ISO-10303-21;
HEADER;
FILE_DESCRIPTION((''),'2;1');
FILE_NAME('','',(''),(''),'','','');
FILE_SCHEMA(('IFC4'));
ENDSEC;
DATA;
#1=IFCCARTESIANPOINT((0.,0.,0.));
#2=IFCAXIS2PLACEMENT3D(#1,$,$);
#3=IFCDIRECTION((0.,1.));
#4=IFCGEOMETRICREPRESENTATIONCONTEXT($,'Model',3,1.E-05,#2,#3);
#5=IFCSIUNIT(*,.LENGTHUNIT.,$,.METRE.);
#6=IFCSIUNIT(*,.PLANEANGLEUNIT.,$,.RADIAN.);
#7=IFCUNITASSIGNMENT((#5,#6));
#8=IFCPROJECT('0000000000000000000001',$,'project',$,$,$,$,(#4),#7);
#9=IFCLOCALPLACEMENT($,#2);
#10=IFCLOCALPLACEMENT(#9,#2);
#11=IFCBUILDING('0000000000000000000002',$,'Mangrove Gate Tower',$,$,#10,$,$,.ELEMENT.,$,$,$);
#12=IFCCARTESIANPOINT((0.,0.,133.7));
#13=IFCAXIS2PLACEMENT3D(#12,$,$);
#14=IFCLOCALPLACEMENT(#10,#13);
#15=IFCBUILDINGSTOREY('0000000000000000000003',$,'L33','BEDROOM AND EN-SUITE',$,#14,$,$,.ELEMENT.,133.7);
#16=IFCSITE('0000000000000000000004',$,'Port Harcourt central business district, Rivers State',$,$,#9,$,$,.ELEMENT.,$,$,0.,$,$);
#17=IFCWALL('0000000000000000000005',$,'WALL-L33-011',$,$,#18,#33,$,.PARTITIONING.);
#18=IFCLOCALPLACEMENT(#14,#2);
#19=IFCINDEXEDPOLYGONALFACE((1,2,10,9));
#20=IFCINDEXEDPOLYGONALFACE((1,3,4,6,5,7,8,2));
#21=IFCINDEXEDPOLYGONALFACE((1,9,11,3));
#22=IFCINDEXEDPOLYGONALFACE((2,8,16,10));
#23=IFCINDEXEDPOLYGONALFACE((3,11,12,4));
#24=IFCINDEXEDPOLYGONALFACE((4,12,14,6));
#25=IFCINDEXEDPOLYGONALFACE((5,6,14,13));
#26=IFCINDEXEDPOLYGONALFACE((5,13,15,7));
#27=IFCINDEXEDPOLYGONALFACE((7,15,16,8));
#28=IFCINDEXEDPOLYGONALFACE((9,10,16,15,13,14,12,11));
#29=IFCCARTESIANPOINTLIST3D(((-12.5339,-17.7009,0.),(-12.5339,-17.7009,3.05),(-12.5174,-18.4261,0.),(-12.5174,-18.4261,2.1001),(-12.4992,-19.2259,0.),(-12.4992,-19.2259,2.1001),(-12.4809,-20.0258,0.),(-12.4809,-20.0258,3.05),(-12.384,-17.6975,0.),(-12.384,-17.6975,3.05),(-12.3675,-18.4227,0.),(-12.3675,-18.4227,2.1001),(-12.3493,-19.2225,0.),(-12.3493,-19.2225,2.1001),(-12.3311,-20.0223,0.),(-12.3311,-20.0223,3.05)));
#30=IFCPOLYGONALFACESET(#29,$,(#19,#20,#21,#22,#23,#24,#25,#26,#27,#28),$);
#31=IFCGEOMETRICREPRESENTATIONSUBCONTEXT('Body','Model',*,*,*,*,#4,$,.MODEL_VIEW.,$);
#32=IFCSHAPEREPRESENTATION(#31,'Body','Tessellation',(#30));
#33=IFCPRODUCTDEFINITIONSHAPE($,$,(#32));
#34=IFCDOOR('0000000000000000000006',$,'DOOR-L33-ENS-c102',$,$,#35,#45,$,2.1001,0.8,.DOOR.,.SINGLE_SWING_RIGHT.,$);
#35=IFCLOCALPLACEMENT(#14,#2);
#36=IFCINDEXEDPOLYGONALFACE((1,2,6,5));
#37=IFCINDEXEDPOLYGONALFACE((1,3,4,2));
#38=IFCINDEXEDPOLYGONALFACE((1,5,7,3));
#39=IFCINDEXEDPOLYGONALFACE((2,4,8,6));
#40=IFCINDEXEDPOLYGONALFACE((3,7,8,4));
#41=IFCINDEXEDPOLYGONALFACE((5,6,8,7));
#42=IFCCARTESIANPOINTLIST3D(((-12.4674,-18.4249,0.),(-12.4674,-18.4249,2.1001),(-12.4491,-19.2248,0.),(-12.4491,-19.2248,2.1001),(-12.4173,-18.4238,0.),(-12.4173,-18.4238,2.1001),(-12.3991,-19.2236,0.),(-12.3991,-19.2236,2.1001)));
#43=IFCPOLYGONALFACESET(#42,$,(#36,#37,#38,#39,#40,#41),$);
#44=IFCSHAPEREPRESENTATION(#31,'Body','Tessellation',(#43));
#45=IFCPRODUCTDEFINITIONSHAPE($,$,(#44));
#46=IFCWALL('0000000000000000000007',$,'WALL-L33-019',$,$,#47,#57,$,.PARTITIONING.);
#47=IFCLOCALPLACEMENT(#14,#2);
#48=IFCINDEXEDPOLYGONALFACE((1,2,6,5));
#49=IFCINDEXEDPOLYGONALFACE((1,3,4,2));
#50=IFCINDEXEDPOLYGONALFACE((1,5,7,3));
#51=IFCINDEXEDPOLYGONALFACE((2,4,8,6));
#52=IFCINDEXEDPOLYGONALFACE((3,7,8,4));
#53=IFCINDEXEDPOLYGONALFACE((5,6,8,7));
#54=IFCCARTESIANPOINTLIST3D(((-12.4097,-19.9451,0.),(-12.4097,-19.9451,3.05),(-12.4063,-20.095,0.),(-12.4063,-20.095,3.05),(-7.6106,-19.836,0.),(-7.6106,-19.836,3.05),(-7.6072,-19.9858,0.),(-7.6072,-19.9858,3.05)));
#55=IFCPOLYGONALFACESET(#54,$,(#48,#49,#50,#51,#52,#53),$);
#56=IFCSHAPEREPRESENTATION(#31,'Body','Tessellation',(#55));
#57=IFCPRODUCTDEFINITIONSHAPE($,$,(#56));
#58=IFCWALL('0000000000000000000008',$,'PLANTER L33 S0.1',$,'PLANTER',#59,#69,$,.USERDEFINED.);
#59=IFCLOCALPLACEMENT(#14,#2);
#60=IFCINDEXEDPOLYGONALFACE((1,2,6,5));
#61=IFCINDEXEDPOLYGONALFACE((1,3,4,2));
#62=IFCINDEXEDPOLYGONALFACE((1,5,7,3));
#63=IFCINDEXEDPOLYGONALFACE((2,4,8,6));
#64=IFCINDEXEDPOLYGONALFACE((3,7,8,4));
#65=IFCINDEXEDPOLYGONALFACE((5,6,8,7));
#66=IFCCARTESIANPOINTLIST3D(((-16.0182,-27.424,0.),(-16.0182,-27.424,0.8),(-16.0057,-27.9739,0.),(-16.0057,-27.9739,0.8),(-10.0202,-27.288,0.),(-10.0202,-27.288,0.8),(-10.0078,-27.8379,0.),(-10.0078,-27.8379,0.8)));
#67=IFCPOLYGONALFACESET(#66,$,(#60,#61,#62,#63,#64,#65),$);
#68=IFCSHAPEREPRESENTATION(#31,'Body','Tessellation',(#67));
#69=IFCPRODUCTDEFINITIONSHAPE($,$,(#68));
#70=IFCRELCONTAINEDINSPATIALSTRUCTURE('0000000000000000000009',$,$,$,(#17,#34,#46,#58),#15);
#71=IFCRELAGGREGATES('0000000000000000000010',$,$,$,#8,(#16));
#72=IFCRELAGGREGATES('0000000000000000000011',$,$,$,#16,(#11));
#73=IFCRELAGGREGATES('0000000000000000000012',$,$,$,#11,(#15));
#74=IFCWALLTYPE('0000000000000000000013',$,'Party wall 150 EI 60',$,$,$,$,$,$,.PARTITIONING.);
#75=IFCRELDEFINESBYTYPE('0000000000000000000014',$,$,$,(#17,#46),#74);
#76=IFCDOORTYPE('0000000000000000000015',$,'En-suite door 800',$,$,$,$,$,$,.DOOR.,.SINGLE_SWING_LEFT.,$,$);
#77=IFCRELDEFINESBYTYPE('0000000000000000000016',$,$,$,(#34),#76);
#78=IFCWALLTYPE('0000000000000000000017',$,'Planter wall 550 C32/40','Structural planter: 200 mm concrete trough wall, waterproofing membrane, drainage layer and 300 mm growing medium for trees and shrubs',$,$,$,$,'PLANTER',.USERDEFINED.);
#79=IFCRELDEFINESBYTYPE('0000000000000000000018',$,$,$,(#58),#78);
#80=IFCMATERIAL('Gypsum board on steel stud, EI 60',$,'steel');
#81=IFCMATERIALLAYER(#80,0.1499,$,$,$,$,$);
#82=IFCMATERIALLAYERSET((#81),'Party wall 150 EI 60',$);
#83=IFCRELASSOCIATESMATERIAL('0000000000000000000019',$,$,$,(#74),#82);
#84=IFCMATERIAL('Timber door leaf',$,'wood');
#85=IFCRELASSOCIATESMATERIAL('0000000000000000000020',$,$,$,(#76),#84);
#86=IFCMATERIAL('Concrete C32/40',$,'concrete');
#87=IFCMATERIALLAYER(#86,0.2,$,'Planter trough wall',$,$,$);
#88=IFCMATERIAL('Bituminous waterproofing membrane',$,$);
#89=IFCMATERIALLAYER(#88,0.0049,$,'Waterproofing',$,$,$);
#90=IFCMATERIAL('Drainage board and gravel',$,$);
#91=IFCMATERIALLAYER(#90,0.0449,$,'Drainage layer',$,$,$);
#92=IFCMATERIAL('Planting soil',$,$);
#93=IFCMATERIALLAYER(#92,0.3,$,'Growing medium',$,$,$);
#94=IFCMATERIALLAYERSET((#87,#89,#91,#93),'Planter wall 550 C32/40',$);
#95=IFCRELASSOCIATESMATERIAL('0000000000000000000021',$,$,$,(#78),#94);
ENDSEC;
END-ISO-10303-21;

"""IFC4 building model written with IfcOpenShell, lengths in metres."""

from ifc_helpers import new_model, si_unit, direction, frame, frame_2d, origin, place, context, subcontext, project, spatial, rectangle, extrude, material, layer, layer_set, type_object, element, fill, save


model = new_model("IFC4")

# Units and contexts
model_context = context("Model", 3, precision=1e-05, world=origin(), true_north=direction((0.0, 1.0)))
body_context = subcontext(model_context, "Body", "Model", "MODEL_VIEW")
ifc_project = project(units=[si_unit("LENGTHUNIT", "METRE"), si_unit("PLANEANGLEUNIT", "RADIAN")], contexts=[model_context])

# Site, building, storey
site_placement = place(None, origin())
site = spatial("IfcSite", under=ifc_project, at=site_placement, Name="Port Harcourt central business district, Rivers State", CompositionType="ELEMENT", RefElevation=0.0)
building_placement = place(site_placement, origin())
building = spatial("IfcBuilding", under=site, at=building_placement, Name="Mangrove Gate Tower", CompositionType="ELEMENT")
storey_placement = place(building_placement, frame((0.0, 0.0, 133.7)))
storey = spatial("IfcBuildingStorey", under=building, at=storey_placement, Name="L33", Description="BEDROOM AND EN-SUITE", CompositionType="ELEMENT", Elevation=133.7)

# Shared definitions
ifc_material_1 = material(Name="Gypsum board on steel stud, EI 60", Category="steel")
ifc_layer_1 = layer(ifc_material_1, 0.1499)
ifc_layer_set_1 = layer_set([ifc_layer_1], Name="Party wall 150 EI 60")
wall_type_1 = type_object("IfcWallType", Name="Party wall 150 EI 60", PredefinedType="PARTITIONING", material=ifc_layer_set_1)

# Wall, opening, door
ifc_material_2 = material(Name="Timber door leaf", Category="wood")
door_type = type_object("IfcDoorType", Name="En-suite door 800", OperationType="SINGLE_SWING_LEFT", PredefinedType="DOOR", material=ifc_material_2)
wall_1_placement = place(storey_placement, frame((-12.406, -20.0239, 0.0), z_axis=(0.0, 0.0, 1.0), x_axis=(-0.022781, 0.99974, 0.0)))
wall_1 = element("IfcWall", 1, at=wall_1_placement, inside=storey, type_object=wall_type_1, Name="WALL-L33-011", PredefinedType="PARTITIONING", context=body_context, shape_type="SweptSolid", body=[
    extrude(rectangle(XDim=2.3254, YDim=0.1499, at=frame_2d((1.1626, 0.0))), origin(), (0.0, 0.0, 1.0), 3.05),
])
opening_1_placement = place(wall_1_placement, frame((0.8, 0.0, 0.0)))
opening_1 = element("IfcOpeningElement", 2, at=opening_1_placement, cuts=wall_1, PredefinedType="OPENING", context=body_context, shape_type="SweptSolid", body=[
    extrude(rectangle(XDim=0.8, YDim=2.1001, at=frame_2d((0.3999, 1.05))), frame((0.0, 0.085, 0.0), z_axis=(0.0, -1.0, 0.0), x_axis=(1.0, 0.0, 0.0)), (0.0, 0.0, 1.0), 0.1699),
])
door_1_placement = place(opening_1_placement, origin())
door_1 = element("IfcDoor", 3, at=door_1_placement, inside=storey, type_object=door_type, Name="DOOR-L33-ENS-c102", OperationType="SINGLE_SWING_RIGHT", OverallHeight=2.1001, OverallWidth=0.8, PredefinedType="DOOR", context=body_context, shape_type="SweptSolid", body=[
    extrude(rectangle(XDim=0.8, YDim=2.1001, at=frame_2d((0.3999, 1.05))), frame((0.0, 0.0249, 0.0), z_axis=(0.0, -1.0, 0.0), x_axis=(1.0, 0.0, 0.0)), (0.0, 0.0, 1.0), 0.05),
])
fill(opening_1, door_1)

# Walls
wall_2_placement = place(storey_placement, frame((-12.408, -20.02, 0.0), z_axis=(0.0, 0.0, 1.0), x_axis=(0.999742, 0.022734, 0.0)))
element("IfcWall", 4, at=wall_2_placement, inside=storey, type_object=wall_type_1, Name="WALL-L33-019", PredefinedType="PARTITIONING", context=body_context, shape_type="SweptSolid", body=[
    extrude(rectangle(XDim=4.8003, YDim=0.1499, at=frame_2d((2.4001, 0.0))), origin(), (0.0, 0.0, 1.0), 3.05),
])
ifc_material_3 = material(Name="Concrete C32/40", Category="concrete")
ifc_layer_2 = layer(ifc_material_3, 0.2, Name="Planter trough wall")
ifc_material_4 = material(Name="Bituminous waterproofing membrane")
ifc_layer_3 = layer(ifc_material_4, 0.0049, Name="Waterproofing")
ifc_material_5 = material(Name="Drainage board and gravel")
ifc_layer_4 = layer(ifc_material_5, 0.0449, Name="Drainage layer")
ifc_material_6 = material(Name="Planting soil")
ifc_layer_5 = layer(ifc_material_6, 0.3, Name="Growing medium")
ifc_layer_set_2 = layer_set([ifc_layer_2, ifc_layer_3, ifc_layer_4, ifc_layer_5], Name="Planter wall 550 C32/40")
wall_type_2 = type_object("IfcWallType", Name="Planter wall 550 C32/40", Description="Structural planter: 200 mm concrete trough wall, waterproofing membrane, drainage layer and 300 mm growing medium for trees and shrubs", ElementType="PLANTER", PredefinedType="USERDEFINED", material=ifc_layer_set_2)
wall_3_placement = place(storey_placement, frame((-16.012, -27.699, 0.0), z_axis=(0.0, 0.0, 1.0), x_axis=(0.999743, 0.022666, 0.0)))
element("IfcWall", 5, at=wall_3_placement, inside=storey, type_object=wall_type_2, Name="PLANTER L33 S0.1", ObjectType="PLANTER", PredefinedType="USERDEFINED", context=body_context, shape_type="SweptSolid", body=[
    extrude(rectangle(XDim=5.9995, YDim=0.55, at=frame_2d((2.9998, 0.0))), origin(), (0.0, 0.0, 1.0), 0.8),
])

save(model, "model.ifc")
